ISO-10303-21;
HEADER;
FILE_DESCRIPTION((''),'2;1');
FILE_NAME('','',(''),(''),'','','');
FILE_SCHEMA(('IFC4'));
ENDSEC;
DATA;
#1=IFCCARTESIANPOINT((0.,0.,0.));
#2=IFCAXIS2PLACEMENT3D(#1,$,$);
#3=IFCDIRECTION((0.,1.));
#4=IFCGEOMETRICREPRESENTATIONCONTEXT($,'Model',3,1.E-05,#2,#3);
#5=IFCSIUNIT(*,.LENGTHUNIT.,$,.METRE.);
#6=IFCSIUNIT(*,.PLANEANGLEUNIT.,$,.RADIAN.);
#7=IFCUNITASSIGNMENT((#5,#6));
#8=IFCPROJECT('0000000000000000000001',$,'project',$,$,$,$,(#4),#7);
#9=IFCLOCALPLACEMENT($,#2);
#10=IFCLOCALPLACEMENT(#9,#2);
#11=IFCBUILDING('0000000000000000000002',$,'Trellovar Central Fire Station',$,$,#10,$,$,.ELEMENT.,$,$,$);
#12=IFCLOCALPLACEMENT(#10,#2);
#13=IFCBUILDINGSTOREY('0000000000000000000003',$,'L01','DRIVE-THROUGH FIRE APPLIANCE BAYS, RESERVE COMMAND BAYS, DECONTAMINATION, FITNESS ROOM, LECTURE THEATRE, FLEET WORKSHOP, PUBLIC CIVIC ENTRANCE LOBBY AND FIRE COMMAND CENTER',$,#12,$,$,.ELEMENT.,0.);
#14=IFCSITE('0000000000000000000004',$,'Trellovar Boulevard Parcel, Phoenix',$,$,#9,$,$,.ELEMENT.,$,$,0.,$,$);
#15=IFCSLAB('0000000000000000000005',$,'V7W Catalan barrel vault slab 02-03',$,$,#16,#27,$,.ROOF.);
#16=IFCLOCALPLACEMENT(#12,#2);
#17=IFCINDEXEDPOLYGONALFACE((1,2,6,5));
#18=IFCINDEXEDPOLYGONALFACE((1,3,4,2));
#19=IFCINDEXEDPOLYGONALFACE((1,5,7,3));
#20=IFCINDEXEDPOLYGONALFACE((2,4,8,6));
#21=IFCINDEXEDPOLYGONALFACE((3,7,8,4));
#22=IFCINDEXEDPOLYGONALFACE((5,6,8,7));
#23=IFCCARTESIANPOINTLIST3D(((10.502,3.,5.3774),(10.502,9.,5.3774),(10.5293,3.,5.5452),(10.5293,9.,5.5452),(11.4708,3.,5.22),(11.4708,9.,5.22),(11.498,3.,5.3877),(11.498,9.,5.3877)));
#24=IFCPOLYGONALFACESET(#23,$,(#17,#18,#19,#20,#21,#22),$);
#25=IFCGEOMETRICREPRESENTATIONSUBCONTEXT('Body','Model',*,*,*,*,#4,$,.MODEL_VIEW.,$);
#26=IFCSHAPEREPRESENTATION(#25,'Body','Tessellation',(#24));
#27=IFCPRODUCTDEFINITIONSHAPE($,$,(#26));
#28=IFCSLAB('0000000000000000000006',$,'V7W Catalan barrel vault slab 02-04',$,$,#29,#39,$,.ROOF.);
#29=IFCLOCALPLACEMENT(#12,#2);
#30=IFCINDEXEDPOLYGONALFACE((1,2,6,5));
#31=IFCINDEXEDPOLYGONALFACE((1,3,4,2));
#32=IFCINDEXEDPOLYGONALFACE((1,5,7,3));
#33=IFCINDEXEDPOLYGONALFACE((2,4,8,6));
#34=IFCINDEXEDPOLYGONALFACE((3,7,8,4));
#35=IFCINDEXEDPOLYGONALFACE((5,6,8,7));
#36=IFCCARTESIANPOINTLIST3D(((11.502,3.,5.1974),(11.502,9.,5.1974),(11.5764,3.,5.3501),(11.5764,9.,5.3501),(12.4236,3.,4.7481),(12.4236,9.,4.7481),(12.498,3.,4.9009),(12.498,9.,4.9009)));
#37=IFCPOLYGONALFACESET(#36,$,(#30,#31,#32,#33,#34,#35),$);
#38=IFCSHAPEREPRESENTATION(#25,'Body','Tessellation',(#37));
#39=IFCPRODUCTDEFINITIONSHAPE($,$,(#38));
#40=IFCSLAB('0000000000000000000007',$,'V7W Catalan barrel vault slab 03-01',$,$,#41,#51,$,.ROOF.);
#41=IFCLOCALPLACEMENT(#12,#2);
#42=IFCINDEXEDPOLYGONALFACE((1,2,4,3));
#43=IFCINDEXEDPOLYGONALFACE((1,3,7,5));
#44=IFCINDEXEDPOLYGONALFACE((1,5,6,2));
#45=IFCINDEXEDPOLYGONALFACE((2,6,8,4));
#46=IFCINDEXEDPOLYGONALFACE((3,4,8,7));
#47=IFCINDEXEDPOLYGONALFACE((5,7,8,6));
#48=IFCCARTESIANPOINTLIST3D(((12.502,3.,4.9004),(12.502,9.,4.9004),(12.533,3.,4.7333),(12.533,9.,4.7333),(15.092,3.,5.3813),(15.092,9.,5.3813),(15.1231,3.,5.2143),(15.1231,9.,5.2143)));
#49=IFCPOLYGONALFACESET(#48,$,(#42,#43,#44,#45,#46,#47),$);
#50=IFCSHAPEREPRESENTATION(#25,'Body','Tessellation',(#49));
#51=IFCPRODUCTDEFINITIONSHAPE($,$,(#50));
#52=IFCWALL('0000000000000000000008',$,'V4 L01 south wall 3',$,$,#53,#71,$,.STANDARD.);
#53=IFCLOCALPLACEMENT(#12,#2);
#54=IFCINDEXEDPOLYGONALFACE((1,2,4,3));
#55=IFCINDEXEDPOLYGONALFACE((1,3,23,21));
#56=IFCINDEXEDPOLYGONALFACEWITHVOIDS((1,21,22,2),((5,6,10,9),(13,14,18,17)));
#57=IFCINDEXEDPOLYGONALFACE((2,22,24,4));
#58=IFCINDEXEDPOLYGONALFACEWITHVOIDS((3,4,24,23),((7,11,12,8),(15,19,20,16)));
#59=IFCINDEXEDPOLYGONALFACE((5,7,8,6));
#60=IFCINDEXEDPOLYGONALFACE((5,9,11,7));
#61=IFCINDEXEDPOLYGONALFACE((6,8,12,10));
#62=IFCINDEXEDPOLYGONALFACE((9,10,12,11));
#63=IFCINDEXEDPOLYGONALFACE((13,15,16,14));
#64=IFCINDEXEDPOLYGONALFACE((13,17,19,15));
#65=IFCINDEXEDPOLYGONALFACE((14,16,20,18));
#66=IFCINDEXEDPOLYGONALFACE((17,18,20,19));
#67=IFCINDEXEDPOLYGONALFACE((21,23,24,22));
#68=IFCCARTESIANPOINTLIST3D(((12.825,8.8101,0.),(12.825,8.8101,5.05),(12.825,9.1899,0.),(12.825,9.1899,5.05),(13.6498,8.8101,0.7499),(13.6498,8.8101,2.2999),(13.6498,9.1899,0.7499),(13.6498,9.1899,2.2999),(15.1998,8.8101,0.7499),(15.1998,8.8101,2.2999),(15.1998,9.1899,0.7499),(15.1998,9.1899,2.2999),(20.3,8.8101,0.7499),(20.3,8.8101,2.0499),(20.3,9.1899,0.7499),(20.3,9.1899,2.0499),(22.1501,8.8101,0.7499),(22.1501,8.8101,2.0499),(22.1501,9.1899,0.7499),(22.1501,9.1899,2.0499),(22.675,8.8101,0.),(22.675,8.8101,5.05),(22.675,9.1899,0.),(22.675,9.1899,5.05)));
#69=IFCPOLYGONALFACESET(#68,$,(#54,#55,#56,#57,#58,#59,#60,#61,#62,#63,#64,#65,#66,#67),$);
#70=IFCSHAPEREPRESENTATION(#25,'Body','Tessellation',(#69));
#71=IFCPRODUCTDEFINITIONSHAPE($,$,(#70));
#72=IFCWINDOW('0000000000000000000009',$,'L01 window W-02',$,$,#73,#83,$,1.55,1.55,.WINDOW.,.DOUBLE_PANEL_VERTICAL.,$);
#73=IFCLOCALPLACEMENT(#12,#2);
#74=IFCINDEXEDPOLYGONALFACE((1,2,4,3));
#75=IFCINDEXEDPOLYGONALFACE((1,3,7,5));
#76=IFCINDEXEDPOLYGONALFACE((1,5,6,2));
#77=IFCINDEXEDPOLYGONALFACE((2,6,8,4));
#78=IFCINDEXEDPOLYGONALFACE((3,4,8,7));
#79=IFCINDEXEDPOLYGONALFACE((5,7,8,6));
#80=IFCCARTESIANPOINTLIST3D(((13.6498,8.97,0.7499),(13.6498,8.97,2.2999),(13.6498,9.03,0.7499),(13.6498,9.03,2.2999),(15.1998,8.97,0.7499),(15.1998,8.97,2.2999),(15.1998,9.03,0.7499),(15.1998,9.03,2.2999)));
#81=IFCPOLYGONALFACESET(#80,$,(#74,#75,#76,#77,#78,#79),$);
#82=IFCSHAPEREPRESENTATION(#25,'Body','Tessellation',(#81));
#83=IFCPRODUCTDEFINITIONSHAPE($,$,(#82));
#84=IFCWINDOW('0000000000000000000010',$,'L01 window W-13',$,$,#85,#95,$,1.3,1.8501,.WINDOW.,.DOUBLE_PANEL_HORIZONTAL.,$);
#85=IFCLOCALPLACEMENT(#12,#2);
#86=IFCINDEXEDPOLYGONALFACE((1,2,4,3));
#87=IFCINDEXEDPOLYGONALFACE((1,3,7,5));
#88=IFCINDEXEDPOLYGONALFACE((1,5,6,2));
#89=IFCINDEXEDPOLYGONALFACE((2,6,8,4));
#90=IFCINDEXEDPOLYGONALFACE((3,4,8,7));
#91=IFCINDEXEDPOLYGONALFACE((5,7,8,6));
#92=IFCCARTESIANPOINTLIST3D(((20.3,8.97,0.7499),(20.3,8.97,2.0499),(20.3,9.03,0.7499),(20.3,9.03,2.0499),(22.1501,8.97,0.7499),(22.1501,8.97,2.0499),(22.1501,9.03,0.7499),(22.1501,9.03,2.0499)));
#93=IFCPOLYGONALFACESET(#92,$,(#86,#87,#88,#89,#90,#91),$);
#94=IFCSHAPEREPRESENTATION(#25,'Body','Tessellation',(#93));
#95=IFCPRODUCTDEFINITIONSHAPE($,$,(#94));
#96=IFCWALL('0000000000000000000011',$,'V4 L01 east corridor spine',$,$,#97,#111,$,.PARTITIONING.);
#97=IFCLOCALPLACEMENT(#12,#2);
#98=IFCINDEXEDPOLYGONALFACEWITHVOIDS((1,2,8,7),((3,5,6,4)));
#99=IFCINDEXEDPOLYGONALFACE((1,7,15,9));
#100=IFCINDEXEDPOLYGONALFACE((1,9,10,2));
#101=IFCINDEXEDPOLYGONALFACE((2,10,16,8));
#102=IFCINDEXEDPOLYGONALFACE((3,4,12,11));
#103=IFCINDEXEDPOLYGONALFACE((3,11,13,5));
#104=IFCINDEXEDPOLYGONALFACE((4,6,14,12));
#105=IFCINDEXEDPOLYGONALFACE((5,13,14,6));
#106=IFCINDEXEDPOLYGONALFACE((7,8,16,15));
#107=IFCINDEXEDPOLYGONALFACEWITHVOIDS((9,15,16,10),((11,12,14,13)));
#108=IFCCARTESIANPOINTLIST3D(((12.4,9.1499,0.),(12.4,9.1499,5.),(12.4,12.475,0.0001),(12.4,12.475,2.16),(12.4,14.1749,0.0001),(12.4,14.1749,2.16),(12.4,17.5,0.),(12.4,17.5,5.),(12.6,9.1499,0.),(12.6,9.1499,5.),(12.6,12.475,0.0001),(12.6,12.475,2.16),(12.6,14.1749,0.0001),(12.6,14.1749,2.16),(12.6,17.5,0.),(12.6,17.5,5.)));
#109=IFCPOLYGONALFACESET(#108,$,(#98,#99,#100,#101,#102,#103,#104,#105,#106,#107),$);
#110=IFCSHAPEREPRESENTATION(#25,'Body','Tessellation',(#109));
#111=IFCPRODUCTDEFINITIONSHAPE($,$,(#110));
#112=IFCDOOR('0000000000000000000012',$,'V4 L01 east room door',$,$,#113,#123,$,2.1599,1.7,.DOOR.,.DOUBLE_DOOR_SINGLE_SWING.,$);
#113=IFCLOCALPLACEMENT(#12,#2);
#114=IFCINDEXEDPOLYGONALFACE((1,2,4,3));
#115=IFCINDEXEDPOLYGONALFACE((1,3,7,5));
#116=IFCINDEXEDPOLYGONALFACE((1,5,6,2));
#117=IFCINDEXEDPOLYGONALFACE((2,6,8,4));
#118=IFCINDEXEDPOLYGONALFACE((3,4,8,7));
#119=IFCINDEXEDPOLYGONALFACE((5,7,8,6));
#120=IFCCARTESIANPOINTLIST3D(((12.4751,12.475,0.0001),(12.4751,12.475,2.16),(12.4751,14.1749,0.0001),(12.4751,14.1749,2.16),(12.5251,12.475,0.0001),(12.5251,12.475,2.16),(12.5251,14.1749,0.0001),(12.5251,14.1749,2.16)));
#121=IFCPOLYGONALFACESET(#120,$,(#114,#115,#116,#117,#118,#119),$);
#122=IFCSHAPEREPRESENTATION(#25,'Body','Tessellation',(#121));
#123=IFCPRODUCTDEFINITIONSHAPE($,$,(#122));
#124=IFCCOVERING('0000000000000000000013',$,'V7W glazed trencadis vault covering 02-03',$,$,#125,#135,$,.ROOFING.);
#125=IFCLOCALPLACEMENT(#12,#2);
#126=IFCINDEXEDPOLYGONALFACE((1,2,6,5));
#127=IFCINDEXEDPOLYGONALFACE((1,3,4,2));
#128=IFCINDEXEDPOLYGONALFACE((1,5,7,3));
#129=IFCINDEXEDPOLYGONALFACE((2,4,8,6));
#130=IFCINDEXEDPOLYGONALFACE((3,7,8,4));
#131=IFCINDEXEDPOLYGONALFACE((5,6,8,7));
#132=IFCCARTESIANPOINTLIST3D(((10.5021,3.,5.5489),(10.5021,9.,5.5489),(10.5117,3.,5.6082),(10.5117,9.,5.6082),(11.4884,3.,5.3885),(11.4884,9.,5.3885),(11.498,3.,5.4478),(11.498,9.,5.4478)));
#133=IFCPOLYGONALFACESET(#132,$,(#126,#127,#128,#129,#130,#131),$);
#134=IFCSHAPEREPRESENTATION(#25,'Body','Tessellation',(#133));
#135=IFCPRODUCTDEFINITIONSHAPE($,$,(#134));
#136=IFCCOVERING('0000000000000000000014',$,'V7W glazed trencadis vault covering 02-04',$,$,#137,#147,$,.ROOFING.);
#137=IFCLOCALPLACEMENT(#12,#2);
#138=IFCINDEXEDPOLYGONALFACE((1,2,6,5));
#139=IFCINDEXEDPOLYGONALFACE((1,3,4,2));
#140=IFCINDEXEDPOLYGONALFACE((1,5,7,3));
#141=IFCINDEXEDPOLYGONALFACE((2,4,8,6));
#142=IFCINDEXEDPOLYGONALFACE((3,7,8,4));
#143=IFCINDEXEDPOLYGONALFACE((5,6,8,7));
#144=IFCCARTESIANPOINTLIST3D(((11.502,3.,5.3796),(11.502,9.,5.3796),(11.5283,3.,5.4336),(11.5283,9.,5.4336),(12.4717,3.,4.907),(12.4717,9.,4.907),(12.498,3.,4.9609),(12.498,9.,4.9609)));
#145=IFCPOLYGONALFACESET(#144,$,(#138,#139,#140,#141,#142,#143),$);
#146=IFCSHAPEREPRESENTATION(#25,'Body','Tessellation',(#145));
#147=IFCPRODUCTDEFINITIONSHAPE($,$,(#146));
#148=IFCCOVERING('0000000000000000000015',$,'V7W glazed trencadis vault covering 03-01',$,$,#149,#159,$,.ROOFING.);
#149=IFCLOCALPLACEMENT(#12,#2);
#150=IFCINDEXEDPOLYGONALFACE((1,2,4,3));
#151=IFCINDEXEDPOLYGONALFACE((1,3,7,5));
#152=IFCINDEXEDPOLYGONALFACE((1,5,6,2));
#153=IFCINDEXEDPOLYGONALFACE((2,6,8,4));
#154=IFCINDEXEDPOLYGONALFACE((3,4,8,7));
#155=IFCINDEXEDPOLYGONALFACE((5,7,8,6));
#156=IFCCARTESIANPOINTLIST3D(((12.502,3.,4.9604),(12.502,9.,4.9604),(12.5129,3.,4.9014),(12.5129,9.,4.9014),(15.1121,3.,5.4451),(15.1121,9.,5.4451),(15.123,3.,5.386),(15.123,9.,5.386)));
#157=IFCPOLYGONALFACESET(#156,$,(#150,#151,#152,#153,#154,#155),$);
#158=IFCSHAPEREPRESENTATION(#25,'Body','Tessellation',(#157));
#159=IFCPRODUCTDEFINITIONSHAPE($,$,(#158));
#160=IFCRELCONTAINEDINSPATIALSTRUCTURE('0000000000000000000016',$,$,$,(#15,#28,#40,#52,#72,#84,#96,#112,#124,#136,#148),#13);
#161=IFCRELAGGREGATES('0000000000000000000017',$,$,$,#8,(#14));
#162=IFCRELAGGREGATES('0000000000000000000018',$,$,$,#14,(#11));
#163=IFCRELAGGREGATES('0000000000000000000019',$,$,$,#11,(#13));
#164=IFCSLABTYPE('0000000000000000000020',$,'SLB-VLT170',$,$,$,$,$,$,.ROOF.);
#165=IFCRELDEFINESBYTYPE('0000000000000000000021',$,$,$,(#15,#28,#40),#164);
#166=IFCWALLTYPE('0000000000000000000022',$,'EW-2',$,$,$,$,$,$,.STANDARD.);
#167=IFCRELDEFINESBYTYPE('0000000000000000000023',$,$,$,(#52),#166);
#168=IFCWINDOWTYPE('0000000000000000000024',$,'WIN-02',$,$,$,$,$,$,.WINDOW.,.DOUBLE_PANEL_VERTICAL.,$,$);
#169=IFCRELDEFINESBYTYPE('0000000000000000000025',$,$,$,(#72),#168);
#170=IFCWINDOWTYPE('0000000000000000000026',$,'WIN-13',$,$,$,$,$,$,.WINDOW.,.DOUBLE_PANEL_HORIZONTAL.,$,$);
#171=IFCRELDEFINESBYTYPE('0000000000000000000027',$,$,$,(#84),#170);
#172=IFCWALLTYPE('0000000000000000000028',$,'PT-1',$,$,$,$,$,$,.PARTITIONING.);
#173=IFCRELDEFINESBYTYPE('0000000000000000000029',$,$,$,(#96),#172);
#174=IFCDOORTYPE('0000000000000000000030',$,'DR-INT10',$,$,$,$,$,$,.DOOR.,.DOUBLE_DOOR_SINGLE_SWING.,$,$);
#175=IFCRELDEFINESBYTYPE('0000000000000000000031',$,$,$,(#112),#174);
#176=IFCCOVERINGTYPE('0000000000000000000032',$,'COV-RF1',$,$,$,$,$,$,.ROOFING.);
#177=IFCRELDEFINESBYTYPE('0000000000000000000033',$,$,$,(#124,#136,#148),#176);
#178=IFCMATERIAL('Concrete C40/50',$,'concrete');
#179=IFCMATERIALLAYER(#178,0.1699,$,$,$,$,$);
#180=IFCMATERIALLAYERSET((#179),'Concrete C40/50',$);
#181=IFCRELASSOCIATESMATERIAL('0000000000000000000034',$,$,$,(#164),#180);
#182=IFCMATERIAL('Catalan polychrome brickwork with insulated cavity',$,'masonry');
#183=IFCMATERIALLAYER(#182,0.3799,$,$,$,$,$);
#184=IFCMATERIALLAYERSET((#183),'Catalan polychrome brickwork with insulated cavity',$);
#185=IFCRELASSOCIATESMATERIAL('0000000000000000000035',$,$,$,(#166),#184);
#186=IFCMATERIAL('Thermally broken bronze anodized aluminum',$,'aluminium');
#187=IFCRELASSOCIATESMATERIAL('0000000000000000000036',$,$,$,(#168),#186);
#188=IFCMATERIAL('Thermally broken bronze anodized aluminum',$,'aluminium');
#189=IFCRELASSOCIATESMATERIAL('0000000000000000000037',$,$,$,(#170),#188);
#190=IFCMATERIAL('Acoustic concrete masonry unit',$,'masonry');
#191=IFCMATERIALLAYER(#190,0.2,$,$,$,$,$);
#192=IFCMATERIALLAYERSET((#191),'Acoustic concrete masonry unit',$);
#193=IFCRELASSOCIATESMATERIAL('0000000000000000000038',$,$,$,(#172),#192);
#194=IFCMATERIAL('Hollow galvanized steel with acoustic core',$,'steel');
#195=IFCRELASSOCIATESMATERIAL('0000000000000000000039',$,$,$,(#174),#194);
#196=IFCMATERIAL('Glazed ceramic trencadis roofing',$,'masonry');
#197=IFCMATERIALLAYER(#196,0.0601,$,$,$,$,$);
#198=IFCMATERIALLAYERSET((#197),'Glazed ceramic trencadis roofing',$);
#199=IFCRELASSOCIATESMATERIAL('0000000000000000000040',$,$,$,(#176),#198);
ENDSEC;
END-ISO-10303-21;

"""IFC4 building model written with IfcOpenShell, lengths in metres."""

from ifc_helpers import new_model, si_unit, direction, frame, frame_2d, origin, place, context, subcontext, project, spatial, polyline, rectangle, outline, extrude, material, layer, layer_set, type_object, element, fill, save


model = new_model("IFC4")

# Units and contexts
model_context = context("Model", 3, precision=1e-05, world=origin(), true_north=direction((0.0, 1.0)))
body_context = subcontext(model_context, "Body", "Model", "MODEL_VIEW")
ifc_project = project(units=[si_unit("LENGTHUNIT", "METRE"), si_unit("PLANEANGLEUNIT", "RADIAN")], contexts=[model_context])

# Site, building, storey
site_placement = place(None, origin())
site = spatial("IfcSite", under=ifc_project, at=site_placement, Name="Trellovar Boulevard Parcel, Phoenix", CompositionType="ELEMENT", RefElevation=0.0)
building_placement = place(site_placement, origin())
building = spatial("IfcBuilding", under=site, at=building_placement, Name="Trellovar Central Fire Station", CompositionType="ELEMENT")
storey_placement = place(building_placement, origin())
storey = spatial("IfcBuildingStorey", under=building, at=storey_placement, Name="L01", Description="DRIVE-THROUGH FIRE APPLIANCE BAYS, RESERVE COMMAND BAYS, DECONTAMINATION, FITNESS ROOM, LECTURE THEATRE, FLEET WORKSHOP, PUBLIC CIVIC ENTRANCE LOBBY AND FIRE COMMAND CENTER", CompositionType="ELEMENT", Elevation=0.0)

# Slabs
ifc_material_1 = material(Name="Concrete C40/50", Category="concrete")
ifc_layer_1 = layer(ifc_material_1, 0.1699)
ifc_layer_set_1 = layer_set([ifc_layer_1], Name="Concrete C40/50")
slab_type = type_object("IfcSlabType", Name="SLB-VLT170", PredefinedType="ROOF", material=ifc_layer_set_1)
slab_1_placement = place(storey_placement, frame((10.5293, 3.0, 5.5452), z_axis=(0.160445, 0.0, 0.987045), x_axis=(0.987045, 0.0, -0.160445)))
element("IfcSlab", 1, at=slab_1_placement, inside=storey, type_object=slab_type, Name="V7W Catalan barrel vault slab 02-03", PredefinedType="ROOF", context=body_context, shape_type="SweptSolid", body=[
    extrude(outline(polyline([(0.0, 0.0), (0.9815, 0.0), (0.9815, 6.0), (0.0, 6.0), (0.0, 0.0)])), origin(), (0.0, 0.0, -1.0), 0.1699),
])
slab_2_placement = place(storey_placement, frame((11.5764, 3.0, 5.3501), z_axis=(0.438142, 0.0, 0.898906), x_axis=(0.898906, 0.0, -0.438142)))
element("IfcSlab", 2, at=slab_2_placement, inside=storey, type_object=slab_type, Name="V7W Catalan barrel vault slab 02-04", PredefinedType="ROOF", context=body_context, shape_type="SweptSolid", body=[
    extrude(outline(polyline([(0.0, 0.0), (1.0253, 0.0), (1.0253, 6.0), (0.0, 6.0), (0.0, 0.0)])), origin(), (0.0, 0.0, -1.0), 0.1699),
])
slab_3_placement = place(storey_placement, frame((12.502, 3.0, 4.9004), z_axis=(-0.18257, 0.0, 0.983193), x_axis=(0.983193, 0.0, 0.18257)))
element("IfcSlab", 3, at=slab_3_placement, inside=storey, type_object=slab_type, Name="V7W Catalan barrel vault slab 03-01", PredefinedType="ROOF", context=body_context, shape_type="SweptSolid", body=[
    extrude(outline(polyline([(0.0, 0.0), (2.6344, 0.0), (2.6344, 6.0), (0.0, 6.0), (0.0, 0.0)])), origin(), (0.0, 0.0, -1.0), 0.1699),
])

# Wall, openings, windows
ifc_material_2 = material(Name="Catalan polychrome brickwork with insulated cavity", Category="masonry")
ifc_layer_2 = layer(ifc_material_2, 0.3799)
ifc_layer_set_2 = layer_set([ifc_layer_2], Name="Catalan polychrome brickwork with insulated cavity")
wall_type_1 = type_object("IfcWallType", Name="EW-2", PredefinedType="STANDARD", material=ifc_layer_set_2)
wall_1_placement = place(storey_placement, frame((12.825, 9.0, 0.0), z_axis=(0.0, 0.0, 1.0), x_axis=(1.0, 0.0, 0.0)))
wall_1 = element("IfcWall", 4, at=wall_1_placement, inside=storey, type_object=wall_type_1, Name="V4 L01 south wall 3", PredefinedType="STANDARD", context=body_context, shape_type="SweptSolid", body=[
    extrude(rectangle(XDim=9.8501, YDim=0.3799, at=frame_2d((4.925, 0.0))), origin(), (0.0, 0.0, 1.0), 5.05),
])
opening_1_placement = place(wall_1_placement, frame((0.825, 0.0, 0.75)))
opening_1 = element("IfcOpeningElement", 5, at=opening_1_placement, cuts=wall_1, PredefinedType="OPENING", context=body_context, shape_type="SweptSolid", body=[
    extrude(rectangle(XDim=1.55, YDim=1.55, at=frame_2d((0.7749, 0.7749))), frame((0.0, 0.2, 0.0), z_axis=(0.0, -1.0, 0.0), x_axis=(1.0, 0.0, 0.0)), (0.0, 0.0, 1.0), 0.3999),
])
opening_2_placement = place(wall_1_placement, frame((7.4751, 0.0, 0.75)))
opening_2 = element("IfcOpeningElement", 6, at=opening_2_placement, cuts=wall_1, PredefinedType="OPENING", context=body_context, shape_type="SweptSolid", body=[
    extrude(rectangle(XDim=1.8501, YDim=1.3, at=frame_2d((0.925, 0.6499))), frame((0.0, 0.2, 0.0), z_axis=(0.0, -1.0, 0.0), x_axis=(1.0, 0.0, 0.0)), (0.0, 0.0, 1.0), 0.3999),
])
ifc_material_3 = material(Name="Thermally broken bronze anodized aluminum", Category="aluminium")
window_type_1 = type_object("IfcWindowType", Name="WIN-02", PartitioningType="DOUBLE_PANEL_VERTICAL", PredefinedType="WINDOW", material=ifc_material_3)
window_1_placement = place(opening_1_placement, origin())
window_1 = element("IfcWindow", 7, at=window_1_placement, inside=storey, type_object=window_type_1, Name="L01 window W-02", OverallHeight=1.55, OverallWidth=1.55, PartitioningType="DOUBLE_PANEL_VERTICAL", PredefinedType="WINDOW", context=body_context, shape_type="SweptSolid", body=[
    extrude(rectangle(XDim=1.55, YDim=1.55, at=frame_2d((0.7749, 0.7749))), frame((0.0, 0.03, 0.0), z_axis=(0.0, -1.0, 0.0), x_axis=(1.0, 0.0, 0.0)), (0.0, 0.0, 1.0), 0.0601),
])
fill(opening_1, window_1)
ifc_material_4 = material(Name="Thermally broken bronze anodized aluminum", Category="aluminium")
window_type_2 = type_object("IfcWindowType", Name="WIN-13", PartitioningType="DOUBLE_PANEL_HORIZONTAL", PredefinedType="WINDOW", material=ifc_material_4)
window_2_placement = place(opening_2_placement, origin())
window_2 = element("IfcWindow", 8, at=window_2_placement, inside=storey, type_object=window_type_2, Name="L01 window W-13", OverallHeight=1.3, OverallWidth=1.8501, PartitioningType="DOUBLE_PANEL_HORIZONTAL", PredefinedType="WINDOW", context=body_context, shape_type="SweptSolid", body=[
    extrude(rectangle(XDim=1.8501, YDim=1.3, at=frame_2d((0.925, 0.6499))), frame((0.0, 0.03, 0.0), z_axis=(0.0, -1.0, 0.0), x_axis=(1.0, 0.0, 0.0)), (0.0, 0.0, 1.0), 0.0601),
])
fill(opening_2, window_2)

# Wall, opening, door
ifc_material_5 = material(Name="Acoustic concrete masonry unit", Category="masonry")
ifc_layer_3 = layer(ifc_material_5, 0.2)
ifc_layer_set_3 = layer_set([ifc_layer_3], Name="Acoustic concrete masonry unit")
wall_type_2 = type_object("IfcWallType", Name="PT-1", PredefinedType="PARTITIONING", material=ifc_layer_set_3)
wall_2_placement = place(storey_placement, frame((12.5, 9.1499, 0.0), z_axis=(0.0, 0.0, 1.0), x_axis=(0.0, 1.0, 0.0)))
wall_2 = element("IfcWall", 9, at=wall_2_placement, inside=storey, type_object=wall_type_2, Name="V4 L01 east corridor spine", PredefinedType="PARTITIONING", context=body_context, shape_type="SweptSolid", body=[
    extrude(rectangle(XDim=8.3501, YDim=0.2, at=frame_2d((4.175, 0.0))), origin(), (0.0, 0.0, 1.0), 5.0),
])
opening_3_placement = place(wall_2_placement, frame((3.325, 0.0, 0.0)))
opening_3 = element("IfcOpeningElement", 10, at=opening_3_placement, cuts=wall_2, PredefinedType="OPENING", context=body_context, shape_type="SweptSolid", body=[
    extrude(rectangle(XDim=1.7, YDim=2.1599, at=frame_2d((0.8501, 1.0801))), frame((0.0, 0.1099, 0.0), z_axis=(0.0, -1.0, 0.0), x_axis=(1.0, 0.0, 0.0)), (0.0, 0.0, 1.0), 0.22),
])
ifc_material_6 = material(Name="Hollow galvanized steel with acoustic core", Category="steel")
door_type = type_object("IfcDoorType", Name="DR-INT10", OperationType="DOUBLE_DOOR_SINGLE_SWING", PredefinedType="DOOR", material=ifc_material_6)
door_placement = place(opening_3_placement, origin())
door = element("IfcDoor", 11, at=door_placement, inside=storey, type_object=door_type, Name="V4 L01 east room door", OperationType="DOUBLE_DOOR_SINGLE_SWING", OverallHeight=2.1599, OverallWidth=1.7, PredefinedType="DOOR", context=body_context, shape_type="SweptSolid", body=[
    extrude(rectangle(XDim=1.7, YDim=2.1599, at=frame_2d((0.8501, 1.0801))), frame((0.0, 0.0249, 0.0), z_axis=(0.0, -1.0, 0.0), x_axis=(1.0, 0.0, 0.0)), (0.0, 0.0, 1.0), 0.05),
])
fill(opening_3, door)

# Coverings
ifc_material_7 = material(Name="Glazed ceramic trencadis roofing", Category="masonry")
ifc_layer_4 = layer(ifc_material_7, 0.0601)
ifc_layer_set_4 = layer_set([ifc_layer_4], Name="Glazed ceramic trencadis roofing")
covering_type = type_object("IfcCoveringType", Name="COV-RF1", PredefinedType="ROOFING", material=ifc_layer_set_4)
covering_1_placement = place(storey_placement, frame((10.5117, 3.0, 5.6082), z_axis=(0.160515, 0.0, 0.987033), x_axis=(0.987033, 0.0, -0.160515)))
element("IfcCovering", 12, at=covering_1_placement, inside=storey, type_object=covering_type, Name="V7W glazed trencadis vault covering 02-03", PredefinedType="ROOFING", context=body_context, shape_type="SweptSolid", body=[
    extrude(outline(polyline([(0.0, 0.0), (0.9993, 0.0), (0.9993, 6.0), (0.0, 6.0), (0.0, 0.0)])), origin(), (0.0, 0.0, -1.0), 0.0601),
])
covering_2_placement = place(storey_placement, frame((11.5283, 3.0, 5.4336), z_axis=(0.438138, 0.0, 0.898908), x_axis=(0.898908, 0.0, -0.438138)))
element("IfcCovering", 13, at=covering_2_placement, inside=storey, type_object=covering_type, Name="V7W glazed trencadis vault covering 02-04", PredefinedType="ROOFING", context=body_context, shape_type="SweptSolid", body=[
    extrude(outline(polyline([(0.0, 0.0), (1.0788, 0.0), (1.0788, 6.0), (0.0, 6.0), (0.0, 0.0)])), origin(), (0.0, 0.0, -1.0), 0.0601),
])
covering_3_placement = place(storey_placement, frame((12.502, 3.0, 4.9604), z_axis=(-0.18255, 0.0, 0.983197), x_axis=(0.983197, 0.0, 0.18255)))
element("IfcCovering", 14, at=covering_3_placement, inside=storey, type_object=covering_type, Name="V7W glazed trencadis vault covering 03-01", PredefinedType="ROOFING", context=body_context, shape_type="SweptSolid", body=[
    extrude(outline(polyline([(0.0, 0.0), (2.6547, 0.0), (2.6547, 6.0), (0.0, 6.0), (0.0, 0.0)])), origin(), (0.0, 0.0, -1.0), 0.0601),
])

save(model, "model.ifc")
